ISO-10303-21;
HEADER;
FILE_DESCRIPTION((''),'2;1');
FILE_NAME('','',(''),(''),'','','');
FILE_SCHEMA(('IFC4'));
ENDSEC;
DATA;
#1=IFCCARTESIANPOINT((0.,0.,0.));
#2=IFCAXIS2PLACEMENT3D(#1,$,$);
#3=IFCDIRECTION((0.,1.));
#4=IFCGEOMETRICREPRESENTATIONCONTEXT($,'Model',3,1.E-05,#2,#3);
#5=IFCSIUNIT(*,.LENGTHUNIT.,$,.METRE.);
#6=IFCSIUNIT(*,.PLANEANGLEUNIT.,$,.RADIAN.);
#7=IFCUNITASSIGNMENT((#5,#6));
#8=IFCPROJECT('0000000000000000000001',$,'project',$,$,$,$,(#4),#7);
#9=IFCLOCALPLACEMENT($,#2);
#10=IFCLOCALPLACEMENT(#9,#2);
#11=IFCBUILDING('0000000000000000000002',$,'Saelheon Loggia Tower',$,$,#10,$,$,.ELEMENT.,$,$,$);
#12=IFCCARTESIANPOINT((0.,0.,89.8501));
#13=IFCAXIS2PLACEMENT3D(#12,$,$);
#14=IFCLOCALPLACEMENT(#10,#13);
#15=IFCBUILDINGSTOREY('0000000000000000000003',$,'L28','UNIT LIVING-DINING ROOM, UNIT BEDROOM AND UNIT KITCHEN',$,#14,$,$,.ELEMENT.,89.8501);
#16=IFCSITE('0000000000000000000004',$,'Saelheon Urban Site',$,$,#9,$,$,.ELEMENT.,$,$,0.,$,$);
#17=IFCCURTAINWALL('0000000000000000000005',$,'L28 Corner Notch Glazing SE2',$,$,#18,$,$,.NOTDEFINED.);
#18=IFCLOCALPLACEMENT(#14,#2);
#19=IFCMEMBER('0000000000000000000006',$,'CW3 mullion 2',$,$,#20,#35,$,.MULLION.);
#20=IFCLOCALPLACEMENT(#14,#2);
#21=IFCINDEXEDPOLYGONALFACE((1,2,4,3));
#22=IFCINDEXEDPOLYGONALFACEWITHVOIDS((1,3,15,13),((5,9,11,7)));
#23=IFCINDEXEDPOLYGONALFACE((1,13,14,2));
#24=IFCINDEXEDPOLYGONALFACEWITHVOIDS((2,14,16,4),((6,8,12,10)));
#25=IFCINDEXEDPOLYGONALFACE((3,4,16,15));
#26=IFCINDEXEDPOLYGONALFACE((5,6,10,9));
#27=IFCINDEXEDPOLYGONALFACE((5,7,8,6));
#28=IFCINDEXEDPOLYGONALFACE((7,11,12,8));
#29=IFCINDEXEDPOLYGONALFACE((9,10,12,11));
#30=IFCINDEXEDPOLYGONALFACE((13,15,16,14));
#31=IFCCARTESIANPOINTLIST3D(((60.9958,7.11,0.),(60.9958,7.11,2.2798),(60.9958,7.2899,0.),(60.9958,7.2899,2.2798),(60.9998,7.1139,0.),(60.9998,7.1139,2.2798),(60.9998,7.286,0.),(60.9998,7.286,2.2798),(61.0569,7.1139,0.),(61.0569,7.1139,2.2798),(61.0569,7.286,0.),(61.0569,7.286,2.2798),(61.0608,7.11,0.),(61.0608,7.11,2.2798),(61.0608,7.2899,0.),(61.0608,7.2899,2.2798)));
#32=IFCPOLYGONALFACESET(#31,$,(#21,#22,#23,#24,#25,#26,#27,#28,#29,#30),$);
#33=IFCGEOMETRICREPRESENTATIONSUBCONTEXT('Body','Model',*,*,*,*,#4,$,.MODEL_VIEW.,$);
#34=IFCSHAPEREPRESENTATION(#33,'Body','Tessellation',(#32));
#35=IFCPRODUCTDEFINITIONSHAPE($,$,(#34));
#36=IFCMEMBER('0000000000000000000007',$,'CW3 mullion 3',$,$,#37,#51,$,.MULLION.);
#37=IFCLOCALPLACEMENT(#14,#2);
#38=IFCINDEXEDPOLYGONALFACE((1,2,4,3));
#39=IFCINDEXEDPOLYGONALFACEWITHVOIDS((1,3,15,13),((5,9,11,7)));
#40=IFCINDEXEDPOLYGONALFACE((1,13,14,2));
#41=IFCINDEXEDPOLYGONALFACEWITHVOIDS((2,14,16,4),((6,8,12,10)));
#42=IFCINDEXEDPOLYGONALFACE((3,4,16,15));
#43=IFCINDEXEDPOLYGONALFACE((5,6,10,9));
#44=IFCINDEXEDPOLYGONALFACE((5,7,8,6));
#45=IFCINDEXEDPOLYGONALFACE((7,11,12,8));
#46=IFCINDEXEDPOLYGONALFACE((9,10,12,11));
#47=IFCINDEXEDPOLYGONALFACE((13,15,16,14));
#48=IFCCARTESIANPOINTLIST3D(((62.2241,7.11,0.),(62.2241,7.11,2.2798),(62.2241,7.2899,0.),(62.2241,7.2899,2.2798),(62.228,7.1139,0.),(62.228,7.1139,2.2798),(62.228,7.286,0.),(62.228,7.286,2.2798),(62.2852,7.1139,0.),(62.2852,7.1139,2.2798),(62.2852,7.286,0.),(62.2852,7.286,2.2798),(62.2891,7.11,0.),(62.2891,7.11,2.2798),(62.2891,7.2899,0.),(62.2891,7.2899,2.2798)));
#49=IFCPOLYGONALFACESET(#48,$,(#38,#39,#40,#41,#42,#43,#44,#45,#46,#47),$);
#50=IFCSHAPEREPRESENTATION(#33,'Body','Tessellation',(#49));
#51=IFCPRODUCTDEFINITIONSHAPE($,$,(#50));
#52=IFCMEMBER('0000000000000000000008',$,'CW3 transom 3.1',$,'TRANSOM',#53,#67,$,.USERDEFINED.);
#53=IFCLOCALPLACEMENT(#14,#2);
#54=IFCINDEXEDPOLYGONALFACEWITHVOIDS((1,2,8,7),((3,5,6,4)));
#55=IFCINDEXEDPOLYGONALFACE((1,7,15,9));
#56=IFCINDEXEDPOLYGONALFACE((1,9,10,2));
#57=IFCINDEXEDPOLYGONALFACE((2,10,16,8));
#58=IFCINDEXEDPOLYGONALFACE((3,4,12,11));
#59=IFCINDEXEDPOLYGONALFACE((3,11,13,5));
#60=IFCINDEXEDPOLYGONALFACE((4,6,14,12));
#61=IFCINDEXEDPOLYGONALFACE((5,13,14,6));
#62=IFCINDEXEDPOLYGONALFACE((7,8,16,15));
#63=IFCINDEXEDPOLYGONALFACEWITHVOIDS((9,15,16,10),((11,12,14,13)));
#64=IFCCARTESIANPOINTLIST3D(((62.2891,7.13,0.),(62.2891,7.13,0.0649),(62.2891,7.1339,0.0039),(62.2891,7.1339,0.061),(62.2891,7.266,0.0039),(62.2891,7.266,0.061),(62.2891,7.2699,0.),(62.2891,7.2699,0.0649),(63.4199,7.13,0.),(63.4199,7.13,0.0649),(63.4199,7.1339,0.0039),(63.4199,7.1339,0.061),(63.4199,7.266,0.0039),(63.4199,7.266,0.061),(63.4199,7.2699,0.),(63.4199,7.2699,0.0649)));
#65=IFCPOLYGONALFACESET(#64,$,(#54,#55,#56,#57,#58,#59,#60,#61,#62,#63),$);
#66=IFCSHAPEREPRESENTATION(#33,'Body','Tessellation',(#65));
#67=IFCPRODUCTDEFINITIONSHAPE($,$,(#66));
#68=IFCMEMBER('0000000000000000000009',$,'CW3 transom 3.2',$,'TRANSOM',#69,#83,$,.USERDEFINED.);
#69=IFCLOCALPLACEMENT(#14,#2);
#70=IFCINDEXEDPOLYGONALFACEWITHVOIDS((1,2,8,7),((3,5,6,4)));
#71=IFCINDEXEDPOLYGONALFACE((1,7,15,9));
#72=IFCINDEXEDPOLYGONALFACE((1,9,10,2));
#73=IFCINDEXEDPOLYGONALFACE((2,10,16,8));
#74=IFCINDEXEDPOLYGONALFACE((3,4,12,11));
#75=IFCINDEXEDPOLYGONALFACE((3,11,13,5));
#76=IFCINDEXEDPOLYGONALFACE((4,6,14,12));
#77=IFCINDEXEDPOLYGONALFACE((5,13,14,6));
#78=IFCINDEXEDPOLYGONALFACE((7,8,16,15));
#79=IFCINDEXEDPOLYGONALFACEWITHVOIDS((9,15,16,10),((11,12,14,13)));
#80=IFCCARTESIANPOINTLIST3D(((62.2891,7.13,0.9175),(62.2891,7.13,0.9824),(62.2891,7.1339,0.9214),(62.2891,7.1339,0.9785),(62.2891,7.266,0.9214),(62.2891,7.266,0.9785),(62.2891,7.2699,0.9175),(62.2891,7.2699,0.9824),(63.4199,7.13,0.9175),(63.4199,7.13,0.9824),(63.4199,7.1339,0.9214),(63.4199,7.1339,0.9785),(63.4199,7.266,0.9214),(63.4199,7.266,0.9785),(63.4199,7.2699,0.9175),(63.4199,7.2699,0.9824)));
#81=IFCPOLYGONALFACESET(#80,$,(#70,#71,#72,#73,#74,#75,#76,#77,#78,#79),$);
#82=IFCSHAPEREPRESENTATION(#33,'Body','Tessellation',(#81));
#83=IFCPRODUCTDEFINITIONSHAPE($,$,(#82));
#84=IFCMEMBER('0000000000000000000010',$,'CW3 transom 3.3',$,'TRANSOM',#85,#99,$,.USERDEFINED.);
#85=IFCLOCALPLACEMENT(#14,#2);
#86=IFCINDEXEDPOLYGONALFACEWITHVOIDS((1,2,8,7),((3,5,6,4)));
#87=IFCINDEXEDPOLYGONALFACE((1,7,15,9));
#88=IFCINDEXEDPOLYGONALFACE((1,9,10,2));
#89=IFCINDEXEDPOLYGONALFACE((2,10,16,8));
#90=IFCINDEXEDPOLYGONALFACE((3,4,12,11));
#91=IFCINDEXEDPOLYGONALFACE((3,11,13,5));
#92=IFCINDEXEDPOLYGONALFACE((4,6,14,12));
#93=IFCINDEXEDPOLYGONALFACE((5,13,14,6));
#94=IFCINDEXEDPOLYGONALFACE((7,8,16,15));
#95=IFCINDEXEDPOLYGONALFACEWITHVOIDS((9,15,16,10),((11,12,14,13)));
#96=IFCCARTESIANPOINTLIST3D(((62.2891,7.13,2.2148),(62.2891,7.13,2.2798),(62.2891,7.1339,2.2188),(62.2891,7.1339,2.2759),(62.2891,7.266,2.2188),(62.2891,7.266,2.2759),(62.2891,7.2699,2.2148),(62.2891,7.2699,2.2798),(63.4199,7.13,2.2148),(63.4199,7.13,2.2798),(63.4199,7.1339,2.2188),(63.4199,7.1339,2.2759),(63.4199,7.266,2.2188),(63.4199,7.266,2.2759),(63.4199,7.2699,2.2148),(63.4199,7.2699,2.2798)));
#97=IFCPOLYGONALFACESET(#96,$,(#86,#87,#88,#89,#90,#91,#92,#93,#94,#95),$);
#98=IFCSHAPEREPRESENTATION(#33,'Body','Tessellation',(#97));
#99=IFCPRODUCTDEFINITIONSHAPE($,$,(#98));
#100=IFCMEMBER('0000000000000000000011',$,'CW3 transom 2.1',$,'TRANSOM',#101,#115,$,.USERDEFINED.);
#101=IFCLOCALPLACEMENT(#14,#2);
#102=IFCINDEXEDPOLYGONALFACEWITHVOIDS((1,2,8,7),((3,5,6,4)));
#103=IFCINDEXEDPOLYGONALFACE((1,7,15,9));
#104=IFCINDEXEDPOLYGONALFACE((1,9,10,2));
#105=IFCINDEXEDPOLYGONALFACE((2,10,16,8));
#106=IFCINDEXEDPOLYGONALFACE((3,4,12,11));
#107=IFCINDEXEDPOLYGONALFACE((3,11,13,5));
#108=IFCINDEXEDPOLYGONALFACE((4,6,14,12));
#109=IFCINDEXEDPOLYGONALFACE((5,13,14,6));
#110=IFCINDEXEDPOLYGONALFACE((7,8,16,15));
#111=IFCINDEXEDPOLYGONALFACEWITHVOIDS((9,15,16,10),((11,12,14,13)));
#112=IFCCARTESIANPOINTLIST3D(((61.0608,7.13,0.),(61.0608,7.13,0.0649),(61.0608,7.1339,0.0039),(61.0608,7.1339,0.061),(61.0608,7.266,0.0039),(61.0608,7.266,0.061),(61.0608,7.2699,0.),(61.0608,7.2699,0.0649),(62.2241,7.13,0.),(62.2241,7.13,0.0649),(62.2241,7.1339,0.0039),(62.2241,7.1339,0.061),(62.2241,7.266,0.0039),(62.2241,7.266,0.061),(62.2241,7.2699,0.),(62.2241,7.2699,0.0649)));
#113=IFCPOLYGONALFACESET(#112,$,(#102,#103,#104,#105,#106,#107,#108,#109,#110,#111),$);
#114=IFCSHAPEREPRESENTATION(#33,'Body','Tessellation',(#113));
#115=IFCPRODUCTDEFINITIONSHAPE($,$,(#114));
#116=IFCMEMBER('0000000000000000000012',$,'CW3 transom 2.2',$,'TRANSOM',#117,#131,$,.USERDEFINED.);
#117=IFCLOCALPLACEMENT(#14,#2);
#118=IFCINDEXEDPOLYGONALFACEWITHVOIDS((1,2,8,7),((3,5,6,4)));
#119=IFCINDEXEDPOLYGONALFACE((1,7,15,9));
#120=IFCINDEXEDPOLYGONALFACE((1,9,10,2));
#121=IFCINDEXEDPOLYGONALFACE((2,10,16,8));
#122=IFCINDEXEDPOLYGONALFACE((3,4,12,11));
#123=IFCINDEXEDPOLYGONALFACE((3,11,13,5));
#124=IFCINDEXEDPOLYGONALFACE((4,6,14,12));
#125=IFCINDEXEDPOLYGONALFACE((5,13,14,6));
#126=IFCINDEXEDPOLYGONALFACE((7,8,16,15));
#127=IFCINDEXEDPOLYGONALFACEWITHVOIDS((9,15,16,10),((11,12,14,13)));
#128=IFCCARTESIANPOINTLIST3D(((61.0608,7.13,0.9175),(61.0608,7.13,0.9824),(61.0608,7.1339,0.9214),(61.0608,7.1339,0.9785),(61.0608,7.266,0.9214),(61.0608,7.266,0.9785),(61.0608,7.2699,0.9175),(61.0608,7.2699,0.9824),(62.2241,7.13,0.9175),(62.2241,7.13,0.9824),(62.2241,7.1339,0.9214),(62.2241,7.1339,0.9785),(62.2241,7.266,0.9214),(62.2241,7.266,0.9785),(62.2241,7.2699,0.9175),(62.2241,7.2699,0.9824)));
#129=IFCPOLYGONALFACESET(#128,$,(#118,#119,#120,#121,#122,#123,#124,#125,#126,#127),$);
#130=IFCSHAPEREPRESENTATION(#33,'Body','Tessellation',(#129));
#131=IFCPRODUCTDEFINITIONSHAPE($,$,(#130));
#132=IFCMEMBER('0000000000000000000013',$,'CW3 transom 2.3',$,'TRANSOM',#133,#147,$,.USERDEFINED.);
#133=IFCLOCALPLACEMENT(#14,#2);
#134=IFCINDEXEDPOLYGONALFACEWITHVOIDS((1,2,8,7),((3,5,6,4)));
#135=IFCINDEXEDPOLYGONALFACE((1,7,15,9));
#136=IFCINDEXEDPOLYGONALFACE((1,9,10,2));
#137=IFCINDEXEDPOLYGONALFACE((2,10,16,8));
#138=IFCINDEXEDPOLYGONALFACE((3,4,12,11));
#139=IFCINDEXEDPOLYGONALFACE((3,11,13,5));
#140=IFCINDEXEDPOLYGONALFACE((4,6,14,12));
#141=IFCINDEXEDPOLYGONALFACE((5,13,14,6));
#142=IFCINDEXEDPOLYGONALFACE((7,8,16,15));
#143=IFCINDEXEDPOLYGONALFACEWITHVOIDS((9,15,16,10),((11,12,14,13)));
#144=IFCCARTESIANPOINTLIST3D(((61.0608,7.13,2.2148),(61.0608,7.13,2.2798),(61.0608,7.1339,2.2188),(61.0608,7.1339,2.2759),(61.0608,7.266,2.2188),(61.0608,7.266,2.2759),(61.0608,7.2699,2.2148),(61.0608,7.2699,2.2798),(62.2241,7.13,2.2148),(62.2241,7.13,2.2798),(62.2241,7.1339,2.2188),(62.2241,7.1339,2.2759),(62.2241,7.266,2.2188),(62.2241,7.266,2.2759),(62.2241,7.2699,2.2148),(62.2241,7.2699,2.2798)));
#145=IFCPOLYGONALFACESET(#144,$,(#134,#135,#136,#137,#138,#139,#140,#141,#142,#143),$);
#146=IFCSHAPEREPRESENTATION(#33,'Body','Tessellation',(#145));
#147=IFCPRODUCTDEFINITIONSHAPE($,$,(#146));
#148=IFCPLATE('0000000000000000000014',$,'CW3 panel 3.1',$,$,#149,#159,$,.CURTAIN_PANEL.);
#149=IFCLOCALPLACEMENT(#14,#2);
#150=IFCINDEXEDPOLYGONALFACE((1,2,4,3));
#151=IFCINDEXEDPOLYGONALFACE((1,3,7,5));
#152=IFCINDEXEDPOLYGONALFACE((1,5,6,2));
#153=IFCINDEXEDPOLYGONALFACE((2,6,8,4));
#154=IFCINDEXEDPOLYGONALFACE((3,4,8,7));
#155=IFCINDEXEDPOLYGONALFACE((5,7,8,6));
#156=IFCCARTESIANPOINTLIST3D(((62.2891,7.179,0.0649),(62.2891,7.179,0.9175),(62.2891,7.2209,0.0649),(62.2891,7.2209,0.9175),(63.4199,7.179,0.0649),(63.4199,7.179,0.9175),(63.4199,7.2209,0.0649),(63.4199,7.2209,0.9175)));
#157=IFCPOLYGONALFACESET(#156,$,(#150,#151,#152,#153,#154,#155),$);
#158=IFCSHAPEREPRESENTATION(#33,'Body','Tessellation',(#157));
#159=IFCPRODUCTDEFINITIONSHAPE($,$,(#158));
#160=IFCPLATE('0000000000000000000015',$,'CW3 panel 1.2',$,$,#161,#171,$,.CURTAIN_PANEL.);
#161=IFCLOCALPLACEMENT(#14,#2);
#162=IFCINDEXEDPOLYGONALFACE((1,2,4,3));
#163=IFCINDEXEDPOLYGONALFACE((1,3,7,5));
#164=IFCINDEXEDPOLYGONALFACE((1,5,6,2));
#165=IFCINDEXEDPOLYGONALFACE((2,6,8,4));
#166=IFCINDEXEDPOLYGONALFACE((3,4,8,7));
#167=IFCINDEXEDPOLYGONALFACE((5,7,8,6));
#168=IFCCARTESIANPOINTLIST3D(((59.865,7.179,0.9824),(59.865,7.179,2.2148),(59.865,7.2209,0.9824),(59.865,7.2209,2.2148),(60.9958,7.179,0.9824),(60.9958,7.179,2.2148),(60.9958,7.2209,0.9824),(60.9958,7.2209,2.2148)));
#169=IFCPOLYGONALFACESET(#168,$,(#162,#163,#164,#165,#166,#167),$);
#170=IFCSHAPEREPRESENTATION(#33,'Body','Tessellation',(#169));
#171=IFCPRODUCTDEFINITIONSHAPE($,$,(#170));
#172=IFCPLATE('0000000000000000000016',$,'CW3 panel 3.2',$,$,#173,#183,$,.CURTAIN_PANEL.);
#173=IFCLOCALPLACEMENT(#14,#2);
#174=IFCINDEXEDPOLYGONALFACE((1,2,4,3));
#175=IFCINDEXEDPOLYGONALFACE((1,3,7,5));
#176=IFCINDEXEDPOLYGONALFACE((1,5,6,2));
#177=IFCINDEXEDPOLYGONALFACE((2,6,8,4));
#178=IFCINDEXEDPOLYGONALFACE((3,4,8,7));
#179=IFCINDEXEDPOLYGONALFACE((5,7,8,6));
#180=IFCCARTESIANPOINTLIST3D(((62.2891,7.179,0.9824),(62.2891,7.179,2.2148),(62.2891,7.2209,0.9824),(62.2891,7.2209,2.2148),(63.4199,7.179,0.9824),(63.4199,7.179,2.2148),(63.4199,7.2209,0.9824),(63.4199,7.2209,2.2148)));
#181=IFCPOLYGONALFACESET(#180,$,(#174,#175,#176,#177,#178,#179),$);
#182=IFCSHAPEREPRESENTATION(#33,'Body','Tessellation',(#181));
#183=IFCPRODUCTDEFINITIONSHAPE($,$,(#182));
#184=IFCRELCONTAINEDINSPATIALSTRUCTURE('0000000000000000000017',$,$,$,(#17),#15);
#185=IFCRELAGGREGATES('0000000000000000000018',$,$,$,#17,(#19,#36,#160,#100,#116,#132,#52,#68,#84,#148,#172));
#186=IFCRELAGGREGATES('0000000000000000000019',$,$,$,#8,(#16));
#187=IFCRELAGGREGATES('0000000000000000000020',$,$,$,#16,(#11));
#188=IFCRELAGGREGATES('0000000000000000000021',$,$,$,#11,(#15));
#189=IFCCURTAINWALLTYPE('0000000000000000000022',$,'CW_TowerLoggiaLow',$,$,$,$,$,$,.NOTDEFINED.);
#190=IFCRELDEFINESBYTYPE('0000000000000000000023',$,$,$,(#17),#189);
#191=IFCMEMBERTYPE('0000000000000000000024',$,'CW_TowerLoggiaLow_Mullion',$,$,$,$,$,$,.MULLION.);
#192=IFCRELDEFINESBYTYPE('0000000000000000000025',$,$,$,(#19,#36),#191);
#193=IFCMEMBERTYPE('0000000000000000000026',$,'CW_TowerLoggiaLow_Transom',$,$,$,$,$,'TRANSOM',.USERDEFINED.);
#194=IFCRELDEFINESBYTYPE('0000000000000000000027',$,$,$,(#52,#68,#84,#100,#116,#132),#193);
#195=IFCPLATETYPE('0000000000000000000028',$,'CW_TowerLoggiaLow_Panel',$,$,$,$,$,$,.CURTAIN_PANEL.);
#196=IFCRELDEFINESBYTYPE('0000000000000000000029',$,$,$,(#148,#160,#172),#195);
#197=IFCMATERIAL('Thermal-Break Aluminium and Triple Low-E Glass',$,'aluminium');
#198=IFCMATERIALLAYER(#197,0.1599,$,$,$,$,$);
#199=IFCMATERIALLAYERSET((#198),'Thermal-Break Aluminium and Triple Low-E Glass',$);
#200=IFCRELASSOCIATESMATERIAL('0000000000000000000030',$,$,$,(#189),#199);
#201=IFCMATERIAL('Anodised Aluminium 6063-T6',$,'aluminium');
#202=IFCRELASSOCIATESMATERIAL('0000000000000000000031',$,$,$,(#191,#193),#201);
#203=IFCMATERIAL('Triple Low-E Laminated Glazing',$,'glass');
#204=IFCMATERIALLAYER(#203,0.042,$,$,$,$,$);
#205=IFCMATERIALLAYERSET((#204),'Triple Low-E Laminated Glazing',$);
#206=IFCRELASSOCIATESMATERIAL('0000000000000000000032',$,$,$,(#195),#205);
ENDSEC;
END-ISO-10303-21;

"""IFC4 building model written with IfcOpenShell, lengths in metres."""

from ifc_helpers import new_model, si_unit, direction, frame, origin, origin_2d, place, context, subcontext, project, spatial, rectangle, hollow_rectangle, extrude, source, transform, mapped, material, layer, layer_set, material_profile, profile_set, type_object, element, aggregate, save


model = new_model("IFC4")

# Units and contexts
model_context = context("Model", 3, precision=1e-05, world=origin(), true_north=direction((0.0, 1.0)))
body_context = subcontext(model_context, "Body", "Model", "MODEL_VIEW")
ifc_project = project(units=[si_unit("LENGTHUNIT", "METRE"), si_unit("PLANEANGLEUNIT", "RADIAN")], contexts=[model_context])

# Site, building, storey
site_placement = place(None, origin())
site = spatial("IfcSite", under=ifc_project, at=site_placement, Name="Saelheon Urban Site", CompositionType="ELEMENT", RefElevation=0.0)
building_placement = place(site_placement, origin())
building = spatial("IfcBuilding", under=site, at=building_placement, Name="Saelheon Loggia Tower", CompositionType="ELEMENT")
storey_placement = place(building_placement, frame((0.0, 0.0, 89.8501)))
storey = spatial("IfcBuildingStorey", under=building, at=storey_placement, Name="L28", Description="UNIT LIVING-DINING ROOM, UNIT BEDROOM AND UNIT KITCHEN", CompositionType="ELEMENT", Elevation=89.8501)

# Curtain wall, members, plates
ifc_material_1 = material(Name="Thermal-Break Aluminium and Triple Low-E Glass", Category="aluminium")
ifc_layer_1 = layer(ifc_material_1, 0.1599)
ifc_layer_set_1 = layer_set([ifc_layer_1], Name="Thermal-Break Aluminium and Triple Low-E Glass")
curtain_wall_type = type_object("IfcCurtainWallType", Name="CW_TowerLoggiaLow", PredefinedType="NOTDEFINED", material=ifc_layer_set_1)
curtain_wall_placement = place(storey_placement, origin())
curtain_wall = element("IfcCurtainWall", 1, at=curtain_wall_placement, inside=storey, type_object=curtain_wall_type, Name="L28 Corner Notch Glazing SE2", PredefinedType="NOTDEFINED")
ifc_material_2 = material(Name="Anodised Aluminium 6063-T6", Category="aluminium")
ifc_material_profile_1 = material_profile(ifc_material_2, hollow_rectangle(XDim=0.0649, YDim=0.1799, WallThickness=0.0039, at=origin_2d()), Name="RHS-180x65x4")
ifc_profile_set_1 = profile_set([ifc_material_profile_1], Name="Anodised Aluminium 6063-T6")
member_type_1 = type_object("IfcMemberType", Name="CW_TowerLoggiaLow_Mullion", PredefinedType="MULLION", material=ifc_profile_set_1)
shared_shape_1 = source(origin(), body_context, "Body", "SweptSolid", [
    extrude(hollow_rectangle(XDim=0.0649, YDim=0.1799, WallThickness=0.0039, at=origin_2d()), origin(), (0.0, 0.0, 1.0), 2.2798),
])
member_1_placement = place(storey_placement, frame((61.0283, 7.2, 0.0), z_axis=(0.0, 0.0, 1.0), x_axis=(1.0, 0.0, 0.0)))
member_1 = element("IfcMember", 2, at=member_1_placement, type_object=member_type_1, Name="CW3 mullion 2", PredefinedType="MULLION", context=body_context, shape_type="MappedRepresentation", body=[
    mapped(shared_shape_1, transform((0.0, 0.0, 0.0), scale=1.0)),
])
member_2_placement = place(storey_placement, frame((62.2566, 7.2, 0.0), z_axis=(0.0, 0.0, 1.0), x_axis=(1.0, 0.0, 0.0)))
member_2 = element("IfcMember", 3, at=member_2_placement, type_object=member_type_1, Name="CW3 mullion 3", PredefinedType="MULLION", context=body_context, shape_type="MappedRepresentation", body=[
    mapped(shared_shape_1, transform((0.0, 0.0, 0.0), scale=1.0)),
])
ifc_material_profile_2 = material_profile(ifc_material_2, hollow_rectangle(XDim=0.0649, YDim=0.1399, WallThickness=0.0039, at=origin_2d()), Name="RHS-140x65x4")
ifc_profile_set_2 = profile_set([ifc_material_profile_2], Name="Anodised Aluminium 6063-T6")
member_type_2 = type_object("IfcMemberType", Name="CW_TowerLoggiaLow_Transom", ElementType="TRANSOM", PredefinedType="USERDEFINED", material=ifc_profile_set_2)
shared_shape_2 = source(origin(), body_context, "Body", "SweptSolid", [
    extrude(hollow_rectangle(XDim=0.0649, YDim=0.1399, WallThickness=0.0039, at=origin_2d()), origin(), (0.0, 0.0, 1.0), 1.1309),
])
member_3_placement = place(storey_placement, frame((62.2891, 7.2, 0.0325), z_axis=(1.0, 0.0, 0.0), x_axis=(0.0, 0.0, 1.0)))
member_3 = element("IfcMember", 4, at=member_3_placement, type_object=member_type_2, Name="CW3 transom 3.1", ObjectType="TRANSOM", PredefinedType="USERDEFINED", context=body_context, shape_type="MappedRepresentation", body=[
    mapped(shared_shape_2, transform((0.0, 0.0, 0.0), scale=1.0)),
])
member_4_placement = place(storey_placement, frame((62.2891, 7.2, 0.95), z_axis=(1.0, 0.0, 0.0), x_axis=(0.0, 0.0, 1.0)))
member_4 = element("IfcMember", 5, at=member_4_placement, type_object=member_type_2, Name="CW3 transom 3.2", ObjectType="TRANSOM", PredefinedType="USERDEFINED", context=body_context, shape_type="MappedRepresentation", body=[
    mapped(shared_shape_2, transform((0.0, 0.0, 0.0), scale=1.0)),
])
member_5_placement = place(storey_placement, frame((62.2891, 7.2, 2.2473), z_axis=(1.0, 0.0, 0.0), x_axis=(0.0, 0.0, 1.0)))
member_5 = element("IfcMember", 6, at=member_5_placement, type_object=member_type_2, Name="CW3 transom 3.3", ObjectType="TRANSOM", PredefinedType="USERDEFINED", context=body_context, shape_type="MappedRepresentation", body=[
    mapped(shared_shape_2, transform((0.0, 0.0, 0.0), scale=1.0)),
])
shared_shape_3 = source(origin(), body_context, "Body", "SweptSolid", [
    extrude(hollow_rectangle(XDim=0.0649, YDim=0.1399, WallThickness=0.0039, at=origin_2d()), origin(), (0.0, 0.0, 1.0), 1.1633),
])
member_6_placement = place(storey_placement, frame((61.0608, 7.2, 0.0325), z_axis=(1.0, 0.0, 0.0), x_axis=(0.0, 0.0, 1.0)))
member_6 = element("IfcMember", 7, at=member_6_placement, type_object=member_type_2, Name="CW3 transom 2.1", ObjectType="TRANSOM", PredefinedType="USERDEFINED", context=body_context, shape_type="MappedRepresentation", body=[
    mapped(shared_shape_3, transform((0.0, 0.0, 0.0), scale=1.0)),
])
member_7_placement = place(storey_placement, frame((61.0608, 7.2, 0.95), z_axis=(1.0, 0.0, 0.0), x_axis=(0.0, 0.0, 1.0)))
member_7 = element("IfcMember", 8, at=member_7_placement, type_object=member_type_2, Name="CW3 transom 2.2", ObjectType="TRANSOM", PredefinedType="USERDEFINED", context=body_context, shape_type="MappedRepresentation", body=[
    mapped(shared_shape_3, transform((0.0, 0.0, 0.0), scale=1.0)),
])
member_8_placement = place(storey_placement, frame((61.0608, 7.2, 2.2473), z_axis=(1.0, 0.0, 0.0), x_axis=(0.0, 0.0, 1.0)))
member_8 = element("IfcMember", 9, at=member_8_placement, type_object=member_type_2, Name="CW3 transom 2.3", ObjectType="TRANSOM", PredefinedType="USERDEFINED", context=body_context, shape_type="MappedRepresentation", body=[
    mapped(shared_shape_3, transform((0.0, 0.0, 0.0), scale=1.0)),
])
ifc_material_3 = material(Name="Triple Low-E Laminated Glazing", Category="glass")
ifc_layer_2 = layer(ifc_material_3, 0.042)
ifc_layer_set_2 = layer_set([ifc_layer_2], Name="Triple Low-E Laminated Glazing")
plate_type = type_object("IfcPlateType", Name="CW_TowerLoggiaLow_Panel", PredefinedType="CURTAIN_PANEL", material=ifc_layer_set_2)
shared_shape_4 = source(origin(), body_context, "Body", "SweptSolid", [
    extrude(rectangle(XDim=1.1309, YDim=0.042, at=origin_2d()), origin(), (0.0, 0.0, 1.0), 0.8525),
])
plate_1_placement = place(storey_placement, frame((62.8545, 7.2, 0.0649), z_axis=(0.0, 0.0, 1.0), x_axis=(1.0, 0.0, 0.0)))
plate_1 = element("IfcPlate", 10, at=plate_1_placement, type_object=plate_type, Name="CW3 panel 3.1", PredefinedType="CURTAIN_PANEL", context=body_context, shape_type="MappedRepresentation", body=[
    mapped(shared_shape_4, transform((0.0, 0.0, 0.0), scale=1.0)),
])
shared_shape_5 = source(origin(), body_context, "Body", "SweptSolid", [
    extrude(rectangle(XDim=1.1309, YDim=0.042, at=origin_2d()), origin(), (0.0, 0.0, 1.0), 1.2324),
])
plate_2_placement = place(storey_placement, frame((60.4304, 7.2, 0.9824), z_axis=(0.0, 0.0, 1.0), x_axis=(1.0, 0.0, 0.0)))
plate_2 = element("IfcPlate", 11, at=plate_2_placement, type_object=plate_type, Name="CW3 panel 1.2", PredefinedType="CURTAIN_PANEL", context=body_context, shape_type="MappedRepresentation", body=[
    mapped(shared_shape_5, transform((0.0, 0.0, 0.0), scale=1.0)),
])
plate_3_placement = place(storey_placement, frame((62.8545, 7.2, 0.9824), z_axis=(0.0, 0.0, 1.0), x_axis=(1.0, 0.0, 0.0)))
plate_3 = element("IfcPlate", 12, at=plate_3_placement, type_object=plate_type, Name="CW3 panel 3.2", PredefinedType="CURTAIN_PANEL", context=body_context, shape_type="MappedRepresentation", body=[
    mapped(shared_shape_5, transform((0.0, 0.0, 0.0), scale=1.0)),
])
aggregate(curtain_wall, [member_1, member_2, plate_2, member_6, member_7, member_8, member_3, member_4, member_5, plate_1, plate_3])

save(model, "model.ifc")
